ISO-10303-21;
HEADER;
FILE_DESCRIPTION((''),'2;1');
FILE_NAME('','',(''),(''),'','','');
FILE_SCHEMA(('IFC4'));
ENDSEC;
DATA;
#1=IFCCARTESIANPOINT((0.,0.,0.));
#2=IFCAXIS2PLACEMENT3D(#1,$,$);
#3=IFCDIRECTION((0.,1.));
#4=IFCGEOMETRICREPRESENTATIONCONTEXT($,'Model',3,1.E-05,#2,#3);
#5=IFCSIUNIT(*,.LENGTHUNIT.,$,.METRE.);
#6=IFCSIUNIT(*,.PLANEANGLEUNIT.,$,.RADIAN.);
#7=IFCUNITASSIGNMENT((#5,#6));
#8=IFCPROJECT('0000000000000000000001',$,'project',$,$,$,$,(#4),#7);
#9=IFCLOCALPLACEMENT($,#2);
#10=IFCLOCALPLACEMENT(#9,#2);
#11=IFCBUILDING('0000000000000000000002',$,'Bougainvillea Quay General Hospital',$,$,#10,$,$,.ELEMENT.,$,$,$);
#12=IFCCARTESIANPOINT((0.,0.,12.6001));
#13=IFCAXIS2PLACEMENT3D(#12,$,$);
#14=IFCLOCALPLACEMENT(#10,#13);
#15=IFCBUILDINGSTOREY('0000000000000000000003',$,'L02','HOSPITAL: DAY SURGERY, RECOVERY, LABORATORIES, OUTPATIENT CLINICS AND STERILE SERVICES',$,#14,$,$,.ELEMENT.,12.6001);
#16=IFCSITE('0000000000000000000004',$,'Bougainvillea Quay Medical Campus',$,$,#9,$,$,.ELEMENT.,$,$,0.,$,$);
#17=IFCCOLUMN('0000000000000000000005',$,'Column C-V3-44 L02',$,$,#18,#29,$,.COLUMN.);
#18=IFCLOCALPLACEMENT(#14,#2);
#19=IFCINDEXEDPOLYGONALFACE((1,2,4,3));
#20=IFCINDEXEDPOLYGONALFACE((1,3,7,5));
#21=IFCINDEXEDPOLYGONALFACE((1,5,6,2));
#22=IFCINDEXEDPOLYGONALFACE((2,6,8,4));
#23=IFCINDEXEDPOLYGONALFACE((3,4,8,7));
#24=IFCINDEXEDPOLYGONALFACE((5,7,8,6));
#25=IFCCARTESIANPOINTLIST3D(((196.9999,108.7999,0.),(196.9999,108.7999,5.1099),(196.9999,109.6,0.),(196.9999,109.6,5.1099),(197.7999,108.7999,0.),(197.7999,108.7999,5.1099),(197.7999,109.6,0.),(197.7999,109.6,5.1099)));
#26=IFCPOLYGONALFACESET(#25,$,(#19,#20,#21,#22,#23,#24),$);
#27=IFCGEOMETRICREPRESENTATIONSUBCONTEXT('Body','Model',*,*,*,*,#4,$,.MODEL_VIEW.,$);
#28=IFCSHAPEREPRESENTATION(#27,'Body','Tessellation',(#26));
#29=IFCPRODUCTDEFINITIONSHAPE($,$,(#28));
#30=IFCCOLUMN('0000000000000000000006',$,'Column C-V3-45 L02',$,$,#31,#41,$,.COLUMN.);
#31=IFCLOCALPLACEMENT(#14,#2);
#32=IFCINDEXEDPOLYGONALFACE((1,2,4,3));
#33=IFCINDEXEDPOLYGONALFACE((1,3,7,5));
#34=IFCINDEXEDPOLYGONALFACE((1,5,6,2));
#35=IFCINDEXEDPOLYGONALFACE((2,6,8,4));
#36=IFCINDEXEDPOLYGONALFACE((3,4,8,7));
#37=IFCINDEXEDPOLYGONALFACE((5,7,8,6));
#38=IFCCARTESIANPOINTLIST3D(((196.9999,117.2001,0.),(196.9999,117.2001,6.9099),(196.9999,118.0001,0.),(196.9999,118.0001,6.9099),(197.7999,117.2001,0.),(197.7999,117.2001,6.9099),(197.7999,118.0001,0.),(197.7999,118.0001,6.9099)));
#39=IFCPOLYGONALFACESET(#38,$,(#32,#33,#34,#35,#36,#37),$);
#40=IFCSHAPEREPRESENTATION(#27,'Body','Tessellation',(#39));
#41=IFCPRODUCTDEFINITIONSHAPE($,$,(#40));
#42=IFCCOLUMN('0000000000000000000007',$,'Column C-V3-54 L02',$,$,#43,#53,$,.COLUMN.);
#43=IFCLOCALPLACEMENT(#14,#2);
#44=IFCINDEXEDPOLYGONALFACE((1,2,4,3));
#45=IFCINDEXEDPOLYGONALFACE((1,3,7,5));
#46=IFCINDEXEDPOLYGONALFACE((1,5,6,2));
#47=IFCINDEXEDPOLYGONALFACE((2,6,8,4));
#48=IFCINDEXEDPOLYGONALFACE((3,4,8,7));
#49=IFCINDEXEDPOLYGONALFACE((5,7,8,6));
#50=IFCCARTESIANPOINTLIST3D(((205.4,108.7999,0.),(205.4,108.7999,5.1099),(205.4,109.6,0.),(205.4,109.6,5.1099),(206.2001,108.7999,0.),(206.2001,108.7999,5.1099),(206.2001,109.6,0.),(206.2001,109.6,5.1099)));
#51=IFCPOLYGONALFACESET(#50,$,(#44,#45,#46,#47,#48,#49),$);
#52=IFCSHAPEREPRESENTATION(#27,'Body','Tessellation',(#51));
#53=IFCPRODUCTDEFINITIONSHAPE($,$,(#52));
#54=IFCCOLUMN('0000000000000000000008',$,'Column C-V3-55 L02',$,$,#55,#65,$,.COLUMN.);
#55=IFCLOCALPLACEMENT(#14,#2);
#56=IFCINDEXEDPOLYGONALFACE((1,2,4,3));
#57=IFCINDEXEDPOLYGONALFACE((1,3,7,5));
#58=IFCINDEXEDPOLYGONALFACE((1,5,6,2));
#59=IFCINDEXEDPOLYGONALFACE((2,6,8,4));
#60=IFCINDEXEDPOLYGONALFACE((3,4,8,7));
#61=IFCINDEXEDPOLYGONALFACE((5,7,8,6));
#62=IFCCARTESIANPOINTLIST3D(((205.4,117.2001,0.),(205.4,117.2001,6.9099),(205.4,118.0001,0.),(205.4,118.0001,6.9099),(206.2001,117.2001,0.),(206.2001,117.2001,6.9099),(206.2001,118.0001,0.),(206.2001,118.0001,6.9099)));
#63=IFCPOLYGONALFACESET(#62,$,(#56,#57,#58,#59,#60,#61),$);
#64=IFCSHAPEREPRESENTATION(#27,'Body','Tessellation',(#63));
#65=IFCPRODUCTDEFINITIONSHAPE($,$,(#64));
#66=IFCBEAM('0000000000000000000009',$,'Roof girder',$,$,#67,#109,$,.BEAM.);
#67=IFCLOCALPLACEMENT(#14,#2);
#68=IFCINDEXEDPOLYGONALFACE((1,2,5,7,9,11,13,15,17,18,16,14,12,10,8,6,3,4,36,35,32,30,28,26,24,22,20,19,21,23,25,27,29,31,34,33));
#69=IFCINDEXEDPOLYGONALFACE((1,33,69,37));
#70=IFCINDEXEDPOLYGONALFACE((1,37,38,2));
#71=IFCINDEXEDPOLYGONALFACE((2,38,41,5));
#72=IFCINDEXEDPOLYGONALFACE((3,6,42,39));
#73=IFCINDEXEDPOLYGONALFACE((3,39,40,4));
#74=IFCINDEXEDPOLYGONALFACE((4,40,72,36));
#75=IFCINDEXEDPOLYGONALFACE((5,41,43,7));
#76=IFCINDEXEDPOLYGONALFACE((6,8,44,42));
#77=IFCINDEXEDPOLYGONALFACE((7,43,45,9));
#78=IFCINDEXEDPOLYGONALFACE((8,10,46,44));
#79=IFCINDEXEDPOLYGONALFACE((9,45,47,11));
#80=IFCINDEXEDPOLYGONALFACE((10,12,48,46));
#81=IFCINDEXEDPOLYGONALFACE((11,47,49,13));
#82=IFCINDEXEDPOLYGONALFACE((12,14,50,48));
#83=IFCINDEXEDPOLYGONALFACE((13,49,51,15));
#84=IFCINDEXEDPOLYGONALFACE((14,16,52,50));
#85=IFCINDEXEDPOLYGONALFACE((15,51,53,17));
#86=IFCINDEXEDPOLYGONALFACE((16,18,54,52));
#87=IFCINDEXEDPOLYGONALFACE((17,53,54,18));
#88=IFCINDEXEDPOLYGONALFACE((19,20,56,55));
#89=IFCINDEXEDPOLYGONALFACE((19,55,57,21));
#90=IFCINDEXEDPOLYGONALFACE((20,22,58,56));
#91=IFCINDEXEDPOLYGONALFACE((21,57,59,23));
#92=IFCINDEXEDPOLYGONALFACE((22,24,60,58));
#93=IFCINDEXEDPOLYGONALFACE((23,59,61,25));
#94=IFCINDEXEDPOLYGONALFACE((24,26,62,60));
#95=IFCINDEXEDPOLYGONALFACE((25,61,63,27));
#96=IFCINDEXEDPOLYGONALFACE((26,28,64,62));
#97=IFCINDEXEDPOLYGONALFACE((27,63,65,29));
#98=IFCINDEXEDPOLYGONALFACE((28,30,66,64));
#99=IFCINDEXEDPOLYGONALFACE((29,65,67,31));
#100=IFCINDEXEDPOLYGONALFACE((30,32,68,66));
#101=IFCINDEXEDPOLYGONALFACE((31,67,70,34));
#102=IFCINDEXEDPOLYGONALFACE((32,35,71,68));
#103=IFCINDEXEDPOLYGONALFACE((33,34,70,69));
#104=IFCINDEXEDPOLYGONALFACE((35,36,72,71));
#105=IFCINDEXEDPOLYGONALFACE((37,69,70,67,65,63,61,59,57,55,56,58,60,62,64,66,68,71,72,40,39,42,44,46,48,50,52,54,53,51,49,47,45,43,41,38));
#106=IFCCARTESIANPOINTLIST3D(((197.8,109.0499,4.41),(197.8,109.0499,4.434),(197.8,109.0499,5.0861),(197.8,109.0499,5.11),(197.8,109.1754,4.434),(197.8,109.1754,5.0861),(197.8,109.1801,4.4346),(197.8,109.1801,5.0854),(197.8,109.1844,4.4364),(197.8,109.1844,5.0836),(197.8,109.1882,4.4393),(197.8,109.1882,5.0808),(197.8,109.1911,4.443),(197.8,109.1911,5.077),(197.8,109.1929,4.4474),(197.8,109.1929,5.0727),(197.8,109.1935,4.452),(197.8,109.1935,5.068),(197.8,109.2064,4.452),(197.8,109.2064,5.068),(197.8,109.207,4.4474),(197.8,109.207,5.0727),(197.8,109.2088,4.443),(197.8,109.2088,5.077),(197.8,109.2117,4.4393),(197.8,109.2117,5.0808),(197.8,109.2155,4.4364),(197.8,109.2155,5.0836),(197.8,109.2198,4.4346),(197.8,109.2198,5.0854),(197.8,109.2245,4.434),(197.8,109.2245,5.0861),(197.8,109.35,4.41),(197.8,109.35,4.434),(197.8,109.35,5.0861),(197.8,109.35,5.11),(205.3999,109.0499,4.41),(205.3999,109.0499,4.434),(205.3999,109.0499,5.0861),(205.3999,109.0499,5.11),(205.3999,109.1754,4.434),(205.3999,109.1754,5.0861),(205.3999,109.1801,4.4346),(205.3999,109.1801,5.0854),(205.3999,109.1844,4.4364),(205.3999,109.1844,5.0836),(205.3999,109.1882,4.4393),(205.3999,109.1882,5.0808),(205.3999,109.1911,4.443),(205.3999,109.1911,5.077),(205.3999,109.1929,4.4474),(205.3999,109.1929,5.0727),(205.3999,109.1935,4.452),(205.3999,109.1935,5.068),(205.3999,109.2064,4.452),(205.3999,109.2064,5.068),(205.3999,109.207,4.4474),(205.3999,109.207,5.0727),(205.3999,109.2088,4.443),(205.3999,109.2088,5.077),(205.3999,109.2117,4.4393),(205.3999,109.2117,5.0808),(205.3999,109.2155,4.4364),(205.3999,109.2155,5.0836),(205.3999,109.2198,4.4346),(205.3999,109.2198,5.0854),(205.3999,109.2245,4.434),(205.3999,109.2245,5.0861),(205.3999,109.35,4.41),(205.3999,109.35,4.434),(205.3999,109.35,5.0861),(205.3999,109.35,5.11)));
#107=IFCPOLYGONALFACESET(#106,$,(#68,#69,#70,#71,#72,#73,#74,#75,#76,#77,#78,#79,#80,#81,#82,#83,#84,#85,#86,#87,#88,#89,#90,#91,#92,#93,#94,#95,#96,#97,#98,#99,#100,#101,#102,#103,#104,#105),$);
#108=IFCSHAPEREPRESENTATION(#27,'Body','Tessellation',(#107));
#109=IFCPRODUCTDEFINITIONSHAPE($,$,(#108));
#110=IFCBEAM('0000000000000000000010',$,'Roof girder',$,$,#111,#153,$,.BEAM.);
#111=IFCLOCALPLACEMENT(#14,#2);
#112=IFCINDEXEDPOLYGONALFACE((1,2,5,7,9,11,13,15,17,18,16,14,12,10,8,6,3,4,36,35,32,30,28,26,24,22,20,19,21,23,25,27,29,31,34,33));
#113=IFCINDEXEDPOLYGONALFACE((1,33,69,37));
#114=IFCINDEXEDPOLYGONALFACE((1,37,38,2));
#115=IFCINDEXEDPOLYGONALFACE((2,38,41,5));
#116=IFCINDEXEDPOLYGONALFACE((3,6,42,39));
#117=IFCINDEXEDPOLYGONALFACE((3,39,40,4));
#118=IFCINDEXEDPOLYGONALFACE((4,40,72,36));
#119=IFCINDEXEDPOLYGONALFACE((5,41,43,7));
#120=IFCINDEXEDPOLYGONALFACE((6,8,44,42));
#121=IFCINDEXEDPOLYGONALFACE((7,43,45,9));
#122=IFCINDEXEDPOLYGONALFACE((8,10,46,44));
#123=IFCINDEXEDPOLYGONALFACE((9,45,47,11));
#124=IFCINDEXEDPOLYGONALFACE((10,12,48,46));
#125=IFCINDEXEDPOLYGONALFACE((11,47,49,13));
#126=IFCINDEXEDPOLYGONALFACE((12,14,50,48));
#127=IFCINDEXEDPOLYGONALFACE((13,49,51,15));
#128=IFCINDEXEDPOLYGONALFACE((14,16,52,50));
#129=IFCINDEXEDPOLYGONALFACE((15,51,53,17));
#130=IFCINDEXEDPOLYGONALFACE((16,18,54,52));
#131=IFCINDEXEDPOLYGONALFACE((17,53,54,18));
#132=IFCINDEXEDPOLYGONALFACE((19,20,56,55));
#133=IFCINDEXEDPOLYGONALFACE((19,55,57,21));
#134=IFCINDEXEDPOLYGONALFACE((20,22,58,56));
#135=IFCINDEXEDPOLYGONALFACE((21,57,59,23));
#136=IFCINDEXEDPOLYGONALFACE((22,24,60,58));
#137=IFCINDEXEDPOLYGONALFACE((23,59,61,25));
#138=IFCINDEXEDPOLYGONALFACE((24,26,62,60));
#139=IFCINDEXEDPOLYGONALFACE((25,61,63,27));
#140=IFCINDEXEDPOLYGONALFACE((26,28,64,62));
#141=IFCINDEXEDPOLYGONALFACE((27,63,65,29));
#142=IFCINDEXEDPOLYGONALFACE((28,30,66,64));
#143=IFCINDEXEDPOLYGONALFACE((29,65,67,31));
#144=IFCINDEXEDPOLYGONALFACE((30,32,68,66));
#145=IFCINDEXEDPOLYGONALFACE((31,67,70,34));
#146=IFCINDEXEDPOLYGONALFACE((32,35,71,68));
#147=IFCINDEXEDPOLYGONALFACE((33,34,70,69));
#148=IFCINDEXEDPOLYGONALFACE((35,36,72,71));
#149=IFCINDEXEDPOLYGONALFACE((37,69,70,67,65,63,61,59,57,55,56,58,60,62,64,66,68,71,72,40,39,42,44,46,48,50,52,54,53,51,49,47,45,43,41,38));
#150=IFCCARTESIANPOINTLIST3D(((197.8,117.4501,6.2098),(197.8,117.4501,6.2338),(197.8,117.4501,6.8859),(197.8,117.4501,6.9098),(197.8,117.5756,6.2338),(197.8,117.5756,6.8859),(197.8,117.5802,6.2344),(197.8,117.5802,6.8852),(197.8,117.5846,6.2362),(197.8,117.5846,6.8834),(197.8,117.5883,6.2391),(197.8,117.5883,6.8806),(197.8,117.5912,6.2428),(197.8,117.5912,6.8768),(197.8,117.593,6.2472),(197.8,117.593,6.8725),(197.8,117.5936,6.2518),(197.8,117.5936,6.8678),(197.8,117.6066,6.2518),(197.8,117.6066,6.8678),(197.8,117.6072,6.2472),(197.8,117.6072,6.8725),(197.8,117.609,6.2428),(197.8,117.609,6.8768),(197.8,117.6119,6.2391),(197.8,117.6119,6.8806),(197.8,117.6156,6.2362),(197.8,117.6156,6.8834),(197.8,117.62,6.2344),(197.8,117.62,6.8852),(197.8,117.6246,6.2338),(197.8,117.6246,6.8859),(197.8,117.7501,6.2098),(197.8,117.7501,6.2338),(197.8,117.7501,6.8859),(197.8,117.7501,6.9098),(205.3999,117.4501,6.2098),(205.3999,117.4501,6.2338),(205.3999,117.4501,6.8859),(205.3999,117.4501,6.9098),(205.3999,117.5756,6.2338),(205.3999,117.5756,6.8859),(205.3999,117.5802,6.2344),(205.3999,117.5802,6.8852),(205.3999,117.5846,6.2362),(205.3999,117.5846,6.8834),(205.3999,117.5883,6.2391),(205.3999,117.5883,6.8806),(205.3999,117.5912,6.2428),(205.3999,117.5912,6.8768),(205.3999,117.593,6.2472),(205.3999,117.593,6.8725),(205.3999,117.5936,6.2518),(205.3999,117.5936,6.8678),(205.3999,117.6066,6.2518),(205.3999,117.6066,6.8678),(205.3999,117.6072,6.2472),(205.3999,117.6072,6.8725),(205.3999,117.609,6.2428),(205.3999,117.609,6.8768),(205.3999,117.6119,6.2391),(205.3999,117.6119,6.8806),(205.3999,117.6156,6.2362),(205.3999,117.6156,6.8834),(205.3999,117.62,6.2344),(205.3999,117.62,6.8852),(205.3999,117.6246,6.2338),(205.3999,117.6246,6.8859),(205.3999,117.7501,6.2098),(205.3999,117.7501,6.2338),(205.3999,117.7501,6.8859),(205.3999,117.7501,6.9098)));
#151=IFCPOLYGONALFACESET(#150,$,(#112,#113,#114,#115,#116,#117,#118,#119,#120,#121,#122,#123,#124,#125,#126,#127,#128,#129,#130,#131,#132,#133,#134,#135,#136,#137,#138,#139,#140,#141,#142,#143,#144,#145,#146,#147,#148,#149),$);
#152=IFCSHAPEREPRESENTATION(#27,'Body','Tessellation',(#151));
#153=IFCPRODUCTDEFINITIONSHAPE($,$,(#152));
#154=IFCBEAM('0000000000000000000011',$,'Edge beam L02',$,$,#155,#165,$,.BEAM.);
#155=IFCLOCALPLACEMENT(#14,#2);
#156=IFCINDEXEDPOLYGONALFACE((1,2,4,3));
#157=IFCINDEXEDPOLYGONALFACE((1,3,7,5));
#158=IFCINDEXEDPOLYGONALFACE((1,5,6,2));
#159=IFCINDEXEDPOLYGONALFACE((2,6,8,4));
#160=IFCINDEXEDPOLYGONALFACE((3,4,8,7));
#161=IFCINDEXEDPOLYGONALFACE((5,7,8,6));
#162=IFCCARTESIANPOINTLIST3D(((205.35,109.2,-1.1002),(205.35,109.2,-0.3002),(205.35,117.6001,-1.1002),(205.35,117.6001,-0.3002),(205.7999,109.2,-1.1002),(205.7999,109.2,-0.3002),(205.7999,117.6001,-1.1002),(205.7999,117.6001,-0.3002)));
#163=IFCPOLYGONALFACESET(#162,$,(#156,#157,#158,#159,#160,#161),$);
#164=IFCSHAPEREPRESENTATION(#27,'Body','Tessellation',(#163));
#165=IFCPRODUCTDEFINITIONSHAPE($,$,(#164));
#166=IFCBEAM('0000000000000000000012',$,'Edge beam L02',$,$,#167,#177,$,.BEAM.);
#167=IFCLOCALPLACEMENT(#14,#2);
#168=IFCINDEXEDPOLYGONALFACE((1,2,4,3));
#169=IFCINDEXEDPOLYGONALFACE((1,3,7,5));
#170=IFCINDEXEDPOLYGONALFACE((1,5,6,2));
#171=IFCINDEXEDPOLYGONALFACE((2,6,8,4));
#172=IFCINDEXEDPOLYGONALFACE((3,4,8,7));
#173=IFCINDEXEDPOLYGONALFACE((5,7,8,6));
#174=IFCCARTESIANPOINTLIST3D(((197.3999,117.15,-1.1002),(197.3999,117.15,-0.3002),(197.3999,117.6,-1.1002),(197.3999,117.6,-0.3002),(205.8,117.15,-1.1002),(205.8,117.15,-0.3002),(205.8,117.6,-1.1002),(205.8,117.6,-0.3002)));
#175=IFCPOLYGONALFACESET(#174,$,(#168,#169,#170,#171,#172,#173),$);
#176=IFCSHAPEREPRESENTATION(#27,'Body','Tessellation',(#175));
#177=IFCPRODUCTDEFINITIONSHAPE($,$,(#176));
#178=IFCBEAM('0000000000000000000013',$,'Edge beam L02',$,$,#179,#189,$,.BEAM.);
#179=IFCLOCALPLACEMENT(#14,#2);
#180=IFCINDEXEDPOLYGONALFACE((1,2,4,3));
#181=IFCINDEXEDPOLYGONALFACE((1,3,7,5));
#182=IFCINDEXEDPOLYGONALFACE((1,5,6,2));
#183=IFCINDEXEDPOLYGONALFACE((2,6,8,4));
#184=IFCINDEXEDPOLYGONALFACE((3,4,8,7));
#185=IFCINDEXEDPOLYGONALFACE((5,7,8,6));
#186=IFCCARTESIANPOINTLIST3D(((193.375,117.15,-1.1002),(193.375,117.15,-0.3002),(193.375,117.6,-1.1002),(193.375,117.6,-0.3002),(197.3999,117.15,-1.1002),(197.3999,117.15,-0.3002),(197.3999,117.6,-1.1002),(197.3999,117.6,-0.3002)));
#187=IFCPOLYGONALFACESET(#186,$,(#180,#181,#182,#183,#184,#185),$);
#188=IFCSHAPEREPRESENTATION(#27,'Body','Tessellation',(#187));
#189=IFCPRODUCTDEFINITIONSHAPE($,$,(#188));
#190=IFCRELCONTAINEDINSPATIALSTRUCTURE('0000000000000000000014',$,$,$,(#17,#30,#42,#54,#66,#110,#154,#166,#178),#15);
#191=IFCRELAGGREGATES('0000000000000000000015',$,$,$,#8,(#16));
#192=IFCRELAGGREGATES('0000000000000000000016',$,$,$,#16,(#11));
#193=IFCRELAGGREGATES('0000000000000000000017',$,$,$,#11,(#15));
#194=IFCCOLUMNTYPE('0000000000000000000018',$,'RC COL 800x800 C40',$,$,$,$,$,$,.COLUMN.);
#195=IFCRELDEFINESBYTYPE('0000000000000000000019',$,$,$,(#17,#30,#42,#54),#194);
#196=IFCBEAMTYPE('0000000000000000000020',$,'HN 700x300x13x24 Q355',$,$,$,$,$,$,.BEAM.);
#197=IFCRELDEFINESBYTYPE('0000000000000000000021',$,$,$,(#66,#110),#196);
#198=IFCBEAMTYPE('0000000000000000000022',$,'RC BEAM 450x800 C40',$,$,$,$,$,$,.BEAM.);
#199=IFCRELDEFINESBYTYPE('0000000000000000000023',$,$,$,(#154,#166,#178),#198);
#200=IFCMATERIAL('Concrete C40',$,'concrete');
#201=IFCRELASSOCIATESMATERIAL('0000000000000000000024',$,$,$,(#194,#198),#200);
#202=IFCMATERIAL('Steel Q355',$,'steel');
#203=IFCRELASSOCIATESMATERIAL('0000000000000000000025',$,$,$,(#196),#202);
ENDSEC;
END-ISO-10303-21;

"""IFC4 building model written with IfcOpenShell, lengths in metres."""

from ifc_helpers import new_model, si_unit, direction, frame, origin, origin_2d, place, context, subcontext, project, spatial, rectangle, i_section, extrude, material, material_profile, profile_set, type_object, element, save


model = new_model("IFC4")

# Units and contexts
model_context = context("Model", 3, precision=1e-05, world=origin(), true_north=direction((0.0, 1.0)))
body_context = subcontext(model_context, "Body", "Model", "MODEL_VIEW")
ifc_project = project(units=[si_unit("LENGTHUNIT", "METRE"), si_unit("PLANEANGLEUNIT", "RADIAN")], contexts=[model_context])

# Site, building, storey
site_placement = place(None, origin())
site = spatial("IfcSite", under=ifc_project, at=site_placement, Name="Bougainvillea Quay Medical Campus", CompositionType="ELEMENT", RefElevation=0.0)
building_placement = place(site_placement, origin())
building = spatial("IfcBuilding", under=site, at=building_placement, Name="Bougainvillea Quay General Hospital", CompositionType="ELEMENT")
storey_placement = place(building_placement, frame((0.0, 0.0, 12.6001)))
storey = spatial("IfcBuildingStorey", under=building, at=storey_placement, Name="L02", Description="HOSPITAL: DAY SURGERY, RECOVERY, LABORATORIES, OUTPATIENT CLINICS AND STERILE SERVICES", CompositionType="ELEMENT", Elevation=12.6001)

# Columns
ifc_material_1 = material(Name="Concrete C40", Category="concrete")
ifc_material_profile_1 = material_profile(ifc_material_1, rectangle(XDim=0.8, YDim=0.8, at=origin_2d()))
ifc_profile_set_1 = profile_set([ifc_material_profile_1], Name="Concrete C40")
column_type = type_object("IfcColumnType", Name="RC COL 800x800 C40", PredefinedType="COLUMN", material=ifc_profile_set_1)
column_1_placement = place(storey_placement, frame((197.3999, 109.2, 0.0), z_axis=(0.0, 0.0, 1.0), x_axis=(1.0, 0.0, 0.0)))
element("IfcColumn", 1, at=column_1_placement, inside=storey, type_object=column_type, Name="Column C-V3-44 L02", PredefinedType="COLUMN", context=body_context, shape_type="SweptSolid", body=[
    extrude(rectangle(XDim=0.8, YDim=0.8, at=origin_2d()), origin(), (0.0, 0.0, 1.0), 5.1099),
])
column_2_placement = place(storey_placement, frame((197.3999, 117.6001, 0.0), z_axis=(0.0, 0.0, 1.0), x_axis=(1.0, 0.0, 0.0)))
element("IfcColumn", 2, at=column_2_placement, inside=storey, type_object=column_type, Name="Column C-V3-45 L02", PredefinedType="COLUMN", context=body_context, shape_type="SweptSolid", body=[
    extrude(rectangle(XDim=0.8, YDim=0.8, at=origin_2d()), origin(), (0.0, 0.0, 1.0), 6.9099),
])
column_3_placement = place(storey_placement, frame((205.8, 109.2, 0.0), z_axis=(0.0, 0.0, 1.0), x_axis=(1.0, 0.0, 0.0)))
element("IfcColumn", 3, at=column_3_placement, inside=storey, type_object=column_type, Name="Column C-V3-54 L02", PredefinedType="COLUMN", context=body_context, shape_type="SweptSolid", body=[
    extrude(rectangle(XDim=0.8, YDim=0.8, at=origin_2d()), origin(), (0.0, 0.0, 1.0), 5.1099),
])
column_4_placement = place(storey_placement, frame((205.8, 117.6001, 0.0), z_axis=(0.0, 0.0, 1.0), x_axis=(1.0, 0.0, 0.0)))
element("IfcColumn", 4, at=column_4_placement, inside=storey, type_object=column_type, Name="Column C-V3-55 L02", PredefinedType="COLUMN", context=body_context, shape_type="SweptSolid", body=[
    extrude(rectangle(XDim=0.8, YDim=0.8, at=origin_2d()), origin(), (0.0, 0.0, 1.0), 6.9099),
])

# Beams
ifc_material_2 = material(Name="Steel Q355", Category="steel")
ifc_material_profile_2 = material_profile(ifc_material_2, i_section(OverallWidth=0.3, OverallDepth=0.7, WebThickness=0.0129, FlangeThickness=0.0239, FilletRadius=0.0181, at=origin_2d()))
ifc_profile_set_2 = profile_set([ifc_material_profile_2], Name="Steel Q355")
beam_type_1 = type_object("IfcBeamType", Name="HN 700x300x13x24 Q355", PredefinedType="BEAM", material=ifc_profile_set_2)
for number, where, z_axis, x_axis, name in (
    (5, (197.8, 109.2, 4.76), (1.0, 0.0, 0.0), (0.0, 1.0, 0.0), "Roof girder"),
    (6, (197.8, 117.6001, 6.5598), (1.0, 0.0, 0.0), (0.0, 1.0, 0.0), "Roof girder"),
):
    element("IfcBeam", number, at=place(storey_placement, frame(where, z_axis=z_axis, x_axis=x_axis)), inside=storey, type_object=beam_type_1, Name=name, PredefinedType="BEAM", context=body_context, shape_type="SweptSolid", body=[
        extrude(i_section(OverallWidth=0.3, OverallDepth=0.7, WebThickness=0.0129, FlangeThickness=0.0239, FilletRadius=0.0181, at=origin_2d()), origin(), (0.0, 0.0, 1.0), 7.5999),
    ])
ifc_material_profile_3 = material_profile(ifc_material_1, rectangle(XDim=0.45, YDim=0.8, at=origin_2d()))
ifc_profile_set_3 = profile_set([ifc_material_profile_3], Name="Concrete C40")
beam_type_2 = type_object("IfcBeamType", Name="RC BEAM 450x800 C40", PredefinedType="BEAM", material=ifc_profile_set_3)
for number, where, z_axis, x_axis, name in (
    (7, (205.575, 109.2, -0.7002), (0.0, 1.0, 0.0), (-1.0, 0.0, 0.0), "Edge beam L02"),
    (8, (205.8, 117.375, -0.7002), (-1.0, 0.0, 0.0), (0.0, -1.0, 0.0), "Edge beam L02"),
):
    element("IfcBeam", number, at=place(storey_placement, frame(where, z_axis=z_axis, x_axis=x_axis)), inside=storey, type_object=beam_type_2, Name=name, PredefinedType="BEAM", context=body_context, shape_type="SweptSolid", body=[
        extrude(rectangle(XDim=0.45, YDim=0.8, at=origin_2d()), origin(), (0.0, 0.0, 1.0), 8.4001),
    ])
beam_placement = place(storey_placement, frame((197.3999, 117.375, -0.7002), z_axis=(-1.0, 0.0, 0.0), x_axis=(0.0, -1.0, 0.0)))
element("IfcBeam", 9, at=beam_placement, inside=storey, type_object=beam_type_2, Name="Edge beam L02", PredefinedType="BEAM", context=body_context, shape_type="SweptSolid", body=[
    extrude(rectangle(XDim=0.45, YDim=0.8, at=origin_2d()), origin(), (0.0, 0.0, 1.0), 4.0249),
])

save(model, "model.ifc")
